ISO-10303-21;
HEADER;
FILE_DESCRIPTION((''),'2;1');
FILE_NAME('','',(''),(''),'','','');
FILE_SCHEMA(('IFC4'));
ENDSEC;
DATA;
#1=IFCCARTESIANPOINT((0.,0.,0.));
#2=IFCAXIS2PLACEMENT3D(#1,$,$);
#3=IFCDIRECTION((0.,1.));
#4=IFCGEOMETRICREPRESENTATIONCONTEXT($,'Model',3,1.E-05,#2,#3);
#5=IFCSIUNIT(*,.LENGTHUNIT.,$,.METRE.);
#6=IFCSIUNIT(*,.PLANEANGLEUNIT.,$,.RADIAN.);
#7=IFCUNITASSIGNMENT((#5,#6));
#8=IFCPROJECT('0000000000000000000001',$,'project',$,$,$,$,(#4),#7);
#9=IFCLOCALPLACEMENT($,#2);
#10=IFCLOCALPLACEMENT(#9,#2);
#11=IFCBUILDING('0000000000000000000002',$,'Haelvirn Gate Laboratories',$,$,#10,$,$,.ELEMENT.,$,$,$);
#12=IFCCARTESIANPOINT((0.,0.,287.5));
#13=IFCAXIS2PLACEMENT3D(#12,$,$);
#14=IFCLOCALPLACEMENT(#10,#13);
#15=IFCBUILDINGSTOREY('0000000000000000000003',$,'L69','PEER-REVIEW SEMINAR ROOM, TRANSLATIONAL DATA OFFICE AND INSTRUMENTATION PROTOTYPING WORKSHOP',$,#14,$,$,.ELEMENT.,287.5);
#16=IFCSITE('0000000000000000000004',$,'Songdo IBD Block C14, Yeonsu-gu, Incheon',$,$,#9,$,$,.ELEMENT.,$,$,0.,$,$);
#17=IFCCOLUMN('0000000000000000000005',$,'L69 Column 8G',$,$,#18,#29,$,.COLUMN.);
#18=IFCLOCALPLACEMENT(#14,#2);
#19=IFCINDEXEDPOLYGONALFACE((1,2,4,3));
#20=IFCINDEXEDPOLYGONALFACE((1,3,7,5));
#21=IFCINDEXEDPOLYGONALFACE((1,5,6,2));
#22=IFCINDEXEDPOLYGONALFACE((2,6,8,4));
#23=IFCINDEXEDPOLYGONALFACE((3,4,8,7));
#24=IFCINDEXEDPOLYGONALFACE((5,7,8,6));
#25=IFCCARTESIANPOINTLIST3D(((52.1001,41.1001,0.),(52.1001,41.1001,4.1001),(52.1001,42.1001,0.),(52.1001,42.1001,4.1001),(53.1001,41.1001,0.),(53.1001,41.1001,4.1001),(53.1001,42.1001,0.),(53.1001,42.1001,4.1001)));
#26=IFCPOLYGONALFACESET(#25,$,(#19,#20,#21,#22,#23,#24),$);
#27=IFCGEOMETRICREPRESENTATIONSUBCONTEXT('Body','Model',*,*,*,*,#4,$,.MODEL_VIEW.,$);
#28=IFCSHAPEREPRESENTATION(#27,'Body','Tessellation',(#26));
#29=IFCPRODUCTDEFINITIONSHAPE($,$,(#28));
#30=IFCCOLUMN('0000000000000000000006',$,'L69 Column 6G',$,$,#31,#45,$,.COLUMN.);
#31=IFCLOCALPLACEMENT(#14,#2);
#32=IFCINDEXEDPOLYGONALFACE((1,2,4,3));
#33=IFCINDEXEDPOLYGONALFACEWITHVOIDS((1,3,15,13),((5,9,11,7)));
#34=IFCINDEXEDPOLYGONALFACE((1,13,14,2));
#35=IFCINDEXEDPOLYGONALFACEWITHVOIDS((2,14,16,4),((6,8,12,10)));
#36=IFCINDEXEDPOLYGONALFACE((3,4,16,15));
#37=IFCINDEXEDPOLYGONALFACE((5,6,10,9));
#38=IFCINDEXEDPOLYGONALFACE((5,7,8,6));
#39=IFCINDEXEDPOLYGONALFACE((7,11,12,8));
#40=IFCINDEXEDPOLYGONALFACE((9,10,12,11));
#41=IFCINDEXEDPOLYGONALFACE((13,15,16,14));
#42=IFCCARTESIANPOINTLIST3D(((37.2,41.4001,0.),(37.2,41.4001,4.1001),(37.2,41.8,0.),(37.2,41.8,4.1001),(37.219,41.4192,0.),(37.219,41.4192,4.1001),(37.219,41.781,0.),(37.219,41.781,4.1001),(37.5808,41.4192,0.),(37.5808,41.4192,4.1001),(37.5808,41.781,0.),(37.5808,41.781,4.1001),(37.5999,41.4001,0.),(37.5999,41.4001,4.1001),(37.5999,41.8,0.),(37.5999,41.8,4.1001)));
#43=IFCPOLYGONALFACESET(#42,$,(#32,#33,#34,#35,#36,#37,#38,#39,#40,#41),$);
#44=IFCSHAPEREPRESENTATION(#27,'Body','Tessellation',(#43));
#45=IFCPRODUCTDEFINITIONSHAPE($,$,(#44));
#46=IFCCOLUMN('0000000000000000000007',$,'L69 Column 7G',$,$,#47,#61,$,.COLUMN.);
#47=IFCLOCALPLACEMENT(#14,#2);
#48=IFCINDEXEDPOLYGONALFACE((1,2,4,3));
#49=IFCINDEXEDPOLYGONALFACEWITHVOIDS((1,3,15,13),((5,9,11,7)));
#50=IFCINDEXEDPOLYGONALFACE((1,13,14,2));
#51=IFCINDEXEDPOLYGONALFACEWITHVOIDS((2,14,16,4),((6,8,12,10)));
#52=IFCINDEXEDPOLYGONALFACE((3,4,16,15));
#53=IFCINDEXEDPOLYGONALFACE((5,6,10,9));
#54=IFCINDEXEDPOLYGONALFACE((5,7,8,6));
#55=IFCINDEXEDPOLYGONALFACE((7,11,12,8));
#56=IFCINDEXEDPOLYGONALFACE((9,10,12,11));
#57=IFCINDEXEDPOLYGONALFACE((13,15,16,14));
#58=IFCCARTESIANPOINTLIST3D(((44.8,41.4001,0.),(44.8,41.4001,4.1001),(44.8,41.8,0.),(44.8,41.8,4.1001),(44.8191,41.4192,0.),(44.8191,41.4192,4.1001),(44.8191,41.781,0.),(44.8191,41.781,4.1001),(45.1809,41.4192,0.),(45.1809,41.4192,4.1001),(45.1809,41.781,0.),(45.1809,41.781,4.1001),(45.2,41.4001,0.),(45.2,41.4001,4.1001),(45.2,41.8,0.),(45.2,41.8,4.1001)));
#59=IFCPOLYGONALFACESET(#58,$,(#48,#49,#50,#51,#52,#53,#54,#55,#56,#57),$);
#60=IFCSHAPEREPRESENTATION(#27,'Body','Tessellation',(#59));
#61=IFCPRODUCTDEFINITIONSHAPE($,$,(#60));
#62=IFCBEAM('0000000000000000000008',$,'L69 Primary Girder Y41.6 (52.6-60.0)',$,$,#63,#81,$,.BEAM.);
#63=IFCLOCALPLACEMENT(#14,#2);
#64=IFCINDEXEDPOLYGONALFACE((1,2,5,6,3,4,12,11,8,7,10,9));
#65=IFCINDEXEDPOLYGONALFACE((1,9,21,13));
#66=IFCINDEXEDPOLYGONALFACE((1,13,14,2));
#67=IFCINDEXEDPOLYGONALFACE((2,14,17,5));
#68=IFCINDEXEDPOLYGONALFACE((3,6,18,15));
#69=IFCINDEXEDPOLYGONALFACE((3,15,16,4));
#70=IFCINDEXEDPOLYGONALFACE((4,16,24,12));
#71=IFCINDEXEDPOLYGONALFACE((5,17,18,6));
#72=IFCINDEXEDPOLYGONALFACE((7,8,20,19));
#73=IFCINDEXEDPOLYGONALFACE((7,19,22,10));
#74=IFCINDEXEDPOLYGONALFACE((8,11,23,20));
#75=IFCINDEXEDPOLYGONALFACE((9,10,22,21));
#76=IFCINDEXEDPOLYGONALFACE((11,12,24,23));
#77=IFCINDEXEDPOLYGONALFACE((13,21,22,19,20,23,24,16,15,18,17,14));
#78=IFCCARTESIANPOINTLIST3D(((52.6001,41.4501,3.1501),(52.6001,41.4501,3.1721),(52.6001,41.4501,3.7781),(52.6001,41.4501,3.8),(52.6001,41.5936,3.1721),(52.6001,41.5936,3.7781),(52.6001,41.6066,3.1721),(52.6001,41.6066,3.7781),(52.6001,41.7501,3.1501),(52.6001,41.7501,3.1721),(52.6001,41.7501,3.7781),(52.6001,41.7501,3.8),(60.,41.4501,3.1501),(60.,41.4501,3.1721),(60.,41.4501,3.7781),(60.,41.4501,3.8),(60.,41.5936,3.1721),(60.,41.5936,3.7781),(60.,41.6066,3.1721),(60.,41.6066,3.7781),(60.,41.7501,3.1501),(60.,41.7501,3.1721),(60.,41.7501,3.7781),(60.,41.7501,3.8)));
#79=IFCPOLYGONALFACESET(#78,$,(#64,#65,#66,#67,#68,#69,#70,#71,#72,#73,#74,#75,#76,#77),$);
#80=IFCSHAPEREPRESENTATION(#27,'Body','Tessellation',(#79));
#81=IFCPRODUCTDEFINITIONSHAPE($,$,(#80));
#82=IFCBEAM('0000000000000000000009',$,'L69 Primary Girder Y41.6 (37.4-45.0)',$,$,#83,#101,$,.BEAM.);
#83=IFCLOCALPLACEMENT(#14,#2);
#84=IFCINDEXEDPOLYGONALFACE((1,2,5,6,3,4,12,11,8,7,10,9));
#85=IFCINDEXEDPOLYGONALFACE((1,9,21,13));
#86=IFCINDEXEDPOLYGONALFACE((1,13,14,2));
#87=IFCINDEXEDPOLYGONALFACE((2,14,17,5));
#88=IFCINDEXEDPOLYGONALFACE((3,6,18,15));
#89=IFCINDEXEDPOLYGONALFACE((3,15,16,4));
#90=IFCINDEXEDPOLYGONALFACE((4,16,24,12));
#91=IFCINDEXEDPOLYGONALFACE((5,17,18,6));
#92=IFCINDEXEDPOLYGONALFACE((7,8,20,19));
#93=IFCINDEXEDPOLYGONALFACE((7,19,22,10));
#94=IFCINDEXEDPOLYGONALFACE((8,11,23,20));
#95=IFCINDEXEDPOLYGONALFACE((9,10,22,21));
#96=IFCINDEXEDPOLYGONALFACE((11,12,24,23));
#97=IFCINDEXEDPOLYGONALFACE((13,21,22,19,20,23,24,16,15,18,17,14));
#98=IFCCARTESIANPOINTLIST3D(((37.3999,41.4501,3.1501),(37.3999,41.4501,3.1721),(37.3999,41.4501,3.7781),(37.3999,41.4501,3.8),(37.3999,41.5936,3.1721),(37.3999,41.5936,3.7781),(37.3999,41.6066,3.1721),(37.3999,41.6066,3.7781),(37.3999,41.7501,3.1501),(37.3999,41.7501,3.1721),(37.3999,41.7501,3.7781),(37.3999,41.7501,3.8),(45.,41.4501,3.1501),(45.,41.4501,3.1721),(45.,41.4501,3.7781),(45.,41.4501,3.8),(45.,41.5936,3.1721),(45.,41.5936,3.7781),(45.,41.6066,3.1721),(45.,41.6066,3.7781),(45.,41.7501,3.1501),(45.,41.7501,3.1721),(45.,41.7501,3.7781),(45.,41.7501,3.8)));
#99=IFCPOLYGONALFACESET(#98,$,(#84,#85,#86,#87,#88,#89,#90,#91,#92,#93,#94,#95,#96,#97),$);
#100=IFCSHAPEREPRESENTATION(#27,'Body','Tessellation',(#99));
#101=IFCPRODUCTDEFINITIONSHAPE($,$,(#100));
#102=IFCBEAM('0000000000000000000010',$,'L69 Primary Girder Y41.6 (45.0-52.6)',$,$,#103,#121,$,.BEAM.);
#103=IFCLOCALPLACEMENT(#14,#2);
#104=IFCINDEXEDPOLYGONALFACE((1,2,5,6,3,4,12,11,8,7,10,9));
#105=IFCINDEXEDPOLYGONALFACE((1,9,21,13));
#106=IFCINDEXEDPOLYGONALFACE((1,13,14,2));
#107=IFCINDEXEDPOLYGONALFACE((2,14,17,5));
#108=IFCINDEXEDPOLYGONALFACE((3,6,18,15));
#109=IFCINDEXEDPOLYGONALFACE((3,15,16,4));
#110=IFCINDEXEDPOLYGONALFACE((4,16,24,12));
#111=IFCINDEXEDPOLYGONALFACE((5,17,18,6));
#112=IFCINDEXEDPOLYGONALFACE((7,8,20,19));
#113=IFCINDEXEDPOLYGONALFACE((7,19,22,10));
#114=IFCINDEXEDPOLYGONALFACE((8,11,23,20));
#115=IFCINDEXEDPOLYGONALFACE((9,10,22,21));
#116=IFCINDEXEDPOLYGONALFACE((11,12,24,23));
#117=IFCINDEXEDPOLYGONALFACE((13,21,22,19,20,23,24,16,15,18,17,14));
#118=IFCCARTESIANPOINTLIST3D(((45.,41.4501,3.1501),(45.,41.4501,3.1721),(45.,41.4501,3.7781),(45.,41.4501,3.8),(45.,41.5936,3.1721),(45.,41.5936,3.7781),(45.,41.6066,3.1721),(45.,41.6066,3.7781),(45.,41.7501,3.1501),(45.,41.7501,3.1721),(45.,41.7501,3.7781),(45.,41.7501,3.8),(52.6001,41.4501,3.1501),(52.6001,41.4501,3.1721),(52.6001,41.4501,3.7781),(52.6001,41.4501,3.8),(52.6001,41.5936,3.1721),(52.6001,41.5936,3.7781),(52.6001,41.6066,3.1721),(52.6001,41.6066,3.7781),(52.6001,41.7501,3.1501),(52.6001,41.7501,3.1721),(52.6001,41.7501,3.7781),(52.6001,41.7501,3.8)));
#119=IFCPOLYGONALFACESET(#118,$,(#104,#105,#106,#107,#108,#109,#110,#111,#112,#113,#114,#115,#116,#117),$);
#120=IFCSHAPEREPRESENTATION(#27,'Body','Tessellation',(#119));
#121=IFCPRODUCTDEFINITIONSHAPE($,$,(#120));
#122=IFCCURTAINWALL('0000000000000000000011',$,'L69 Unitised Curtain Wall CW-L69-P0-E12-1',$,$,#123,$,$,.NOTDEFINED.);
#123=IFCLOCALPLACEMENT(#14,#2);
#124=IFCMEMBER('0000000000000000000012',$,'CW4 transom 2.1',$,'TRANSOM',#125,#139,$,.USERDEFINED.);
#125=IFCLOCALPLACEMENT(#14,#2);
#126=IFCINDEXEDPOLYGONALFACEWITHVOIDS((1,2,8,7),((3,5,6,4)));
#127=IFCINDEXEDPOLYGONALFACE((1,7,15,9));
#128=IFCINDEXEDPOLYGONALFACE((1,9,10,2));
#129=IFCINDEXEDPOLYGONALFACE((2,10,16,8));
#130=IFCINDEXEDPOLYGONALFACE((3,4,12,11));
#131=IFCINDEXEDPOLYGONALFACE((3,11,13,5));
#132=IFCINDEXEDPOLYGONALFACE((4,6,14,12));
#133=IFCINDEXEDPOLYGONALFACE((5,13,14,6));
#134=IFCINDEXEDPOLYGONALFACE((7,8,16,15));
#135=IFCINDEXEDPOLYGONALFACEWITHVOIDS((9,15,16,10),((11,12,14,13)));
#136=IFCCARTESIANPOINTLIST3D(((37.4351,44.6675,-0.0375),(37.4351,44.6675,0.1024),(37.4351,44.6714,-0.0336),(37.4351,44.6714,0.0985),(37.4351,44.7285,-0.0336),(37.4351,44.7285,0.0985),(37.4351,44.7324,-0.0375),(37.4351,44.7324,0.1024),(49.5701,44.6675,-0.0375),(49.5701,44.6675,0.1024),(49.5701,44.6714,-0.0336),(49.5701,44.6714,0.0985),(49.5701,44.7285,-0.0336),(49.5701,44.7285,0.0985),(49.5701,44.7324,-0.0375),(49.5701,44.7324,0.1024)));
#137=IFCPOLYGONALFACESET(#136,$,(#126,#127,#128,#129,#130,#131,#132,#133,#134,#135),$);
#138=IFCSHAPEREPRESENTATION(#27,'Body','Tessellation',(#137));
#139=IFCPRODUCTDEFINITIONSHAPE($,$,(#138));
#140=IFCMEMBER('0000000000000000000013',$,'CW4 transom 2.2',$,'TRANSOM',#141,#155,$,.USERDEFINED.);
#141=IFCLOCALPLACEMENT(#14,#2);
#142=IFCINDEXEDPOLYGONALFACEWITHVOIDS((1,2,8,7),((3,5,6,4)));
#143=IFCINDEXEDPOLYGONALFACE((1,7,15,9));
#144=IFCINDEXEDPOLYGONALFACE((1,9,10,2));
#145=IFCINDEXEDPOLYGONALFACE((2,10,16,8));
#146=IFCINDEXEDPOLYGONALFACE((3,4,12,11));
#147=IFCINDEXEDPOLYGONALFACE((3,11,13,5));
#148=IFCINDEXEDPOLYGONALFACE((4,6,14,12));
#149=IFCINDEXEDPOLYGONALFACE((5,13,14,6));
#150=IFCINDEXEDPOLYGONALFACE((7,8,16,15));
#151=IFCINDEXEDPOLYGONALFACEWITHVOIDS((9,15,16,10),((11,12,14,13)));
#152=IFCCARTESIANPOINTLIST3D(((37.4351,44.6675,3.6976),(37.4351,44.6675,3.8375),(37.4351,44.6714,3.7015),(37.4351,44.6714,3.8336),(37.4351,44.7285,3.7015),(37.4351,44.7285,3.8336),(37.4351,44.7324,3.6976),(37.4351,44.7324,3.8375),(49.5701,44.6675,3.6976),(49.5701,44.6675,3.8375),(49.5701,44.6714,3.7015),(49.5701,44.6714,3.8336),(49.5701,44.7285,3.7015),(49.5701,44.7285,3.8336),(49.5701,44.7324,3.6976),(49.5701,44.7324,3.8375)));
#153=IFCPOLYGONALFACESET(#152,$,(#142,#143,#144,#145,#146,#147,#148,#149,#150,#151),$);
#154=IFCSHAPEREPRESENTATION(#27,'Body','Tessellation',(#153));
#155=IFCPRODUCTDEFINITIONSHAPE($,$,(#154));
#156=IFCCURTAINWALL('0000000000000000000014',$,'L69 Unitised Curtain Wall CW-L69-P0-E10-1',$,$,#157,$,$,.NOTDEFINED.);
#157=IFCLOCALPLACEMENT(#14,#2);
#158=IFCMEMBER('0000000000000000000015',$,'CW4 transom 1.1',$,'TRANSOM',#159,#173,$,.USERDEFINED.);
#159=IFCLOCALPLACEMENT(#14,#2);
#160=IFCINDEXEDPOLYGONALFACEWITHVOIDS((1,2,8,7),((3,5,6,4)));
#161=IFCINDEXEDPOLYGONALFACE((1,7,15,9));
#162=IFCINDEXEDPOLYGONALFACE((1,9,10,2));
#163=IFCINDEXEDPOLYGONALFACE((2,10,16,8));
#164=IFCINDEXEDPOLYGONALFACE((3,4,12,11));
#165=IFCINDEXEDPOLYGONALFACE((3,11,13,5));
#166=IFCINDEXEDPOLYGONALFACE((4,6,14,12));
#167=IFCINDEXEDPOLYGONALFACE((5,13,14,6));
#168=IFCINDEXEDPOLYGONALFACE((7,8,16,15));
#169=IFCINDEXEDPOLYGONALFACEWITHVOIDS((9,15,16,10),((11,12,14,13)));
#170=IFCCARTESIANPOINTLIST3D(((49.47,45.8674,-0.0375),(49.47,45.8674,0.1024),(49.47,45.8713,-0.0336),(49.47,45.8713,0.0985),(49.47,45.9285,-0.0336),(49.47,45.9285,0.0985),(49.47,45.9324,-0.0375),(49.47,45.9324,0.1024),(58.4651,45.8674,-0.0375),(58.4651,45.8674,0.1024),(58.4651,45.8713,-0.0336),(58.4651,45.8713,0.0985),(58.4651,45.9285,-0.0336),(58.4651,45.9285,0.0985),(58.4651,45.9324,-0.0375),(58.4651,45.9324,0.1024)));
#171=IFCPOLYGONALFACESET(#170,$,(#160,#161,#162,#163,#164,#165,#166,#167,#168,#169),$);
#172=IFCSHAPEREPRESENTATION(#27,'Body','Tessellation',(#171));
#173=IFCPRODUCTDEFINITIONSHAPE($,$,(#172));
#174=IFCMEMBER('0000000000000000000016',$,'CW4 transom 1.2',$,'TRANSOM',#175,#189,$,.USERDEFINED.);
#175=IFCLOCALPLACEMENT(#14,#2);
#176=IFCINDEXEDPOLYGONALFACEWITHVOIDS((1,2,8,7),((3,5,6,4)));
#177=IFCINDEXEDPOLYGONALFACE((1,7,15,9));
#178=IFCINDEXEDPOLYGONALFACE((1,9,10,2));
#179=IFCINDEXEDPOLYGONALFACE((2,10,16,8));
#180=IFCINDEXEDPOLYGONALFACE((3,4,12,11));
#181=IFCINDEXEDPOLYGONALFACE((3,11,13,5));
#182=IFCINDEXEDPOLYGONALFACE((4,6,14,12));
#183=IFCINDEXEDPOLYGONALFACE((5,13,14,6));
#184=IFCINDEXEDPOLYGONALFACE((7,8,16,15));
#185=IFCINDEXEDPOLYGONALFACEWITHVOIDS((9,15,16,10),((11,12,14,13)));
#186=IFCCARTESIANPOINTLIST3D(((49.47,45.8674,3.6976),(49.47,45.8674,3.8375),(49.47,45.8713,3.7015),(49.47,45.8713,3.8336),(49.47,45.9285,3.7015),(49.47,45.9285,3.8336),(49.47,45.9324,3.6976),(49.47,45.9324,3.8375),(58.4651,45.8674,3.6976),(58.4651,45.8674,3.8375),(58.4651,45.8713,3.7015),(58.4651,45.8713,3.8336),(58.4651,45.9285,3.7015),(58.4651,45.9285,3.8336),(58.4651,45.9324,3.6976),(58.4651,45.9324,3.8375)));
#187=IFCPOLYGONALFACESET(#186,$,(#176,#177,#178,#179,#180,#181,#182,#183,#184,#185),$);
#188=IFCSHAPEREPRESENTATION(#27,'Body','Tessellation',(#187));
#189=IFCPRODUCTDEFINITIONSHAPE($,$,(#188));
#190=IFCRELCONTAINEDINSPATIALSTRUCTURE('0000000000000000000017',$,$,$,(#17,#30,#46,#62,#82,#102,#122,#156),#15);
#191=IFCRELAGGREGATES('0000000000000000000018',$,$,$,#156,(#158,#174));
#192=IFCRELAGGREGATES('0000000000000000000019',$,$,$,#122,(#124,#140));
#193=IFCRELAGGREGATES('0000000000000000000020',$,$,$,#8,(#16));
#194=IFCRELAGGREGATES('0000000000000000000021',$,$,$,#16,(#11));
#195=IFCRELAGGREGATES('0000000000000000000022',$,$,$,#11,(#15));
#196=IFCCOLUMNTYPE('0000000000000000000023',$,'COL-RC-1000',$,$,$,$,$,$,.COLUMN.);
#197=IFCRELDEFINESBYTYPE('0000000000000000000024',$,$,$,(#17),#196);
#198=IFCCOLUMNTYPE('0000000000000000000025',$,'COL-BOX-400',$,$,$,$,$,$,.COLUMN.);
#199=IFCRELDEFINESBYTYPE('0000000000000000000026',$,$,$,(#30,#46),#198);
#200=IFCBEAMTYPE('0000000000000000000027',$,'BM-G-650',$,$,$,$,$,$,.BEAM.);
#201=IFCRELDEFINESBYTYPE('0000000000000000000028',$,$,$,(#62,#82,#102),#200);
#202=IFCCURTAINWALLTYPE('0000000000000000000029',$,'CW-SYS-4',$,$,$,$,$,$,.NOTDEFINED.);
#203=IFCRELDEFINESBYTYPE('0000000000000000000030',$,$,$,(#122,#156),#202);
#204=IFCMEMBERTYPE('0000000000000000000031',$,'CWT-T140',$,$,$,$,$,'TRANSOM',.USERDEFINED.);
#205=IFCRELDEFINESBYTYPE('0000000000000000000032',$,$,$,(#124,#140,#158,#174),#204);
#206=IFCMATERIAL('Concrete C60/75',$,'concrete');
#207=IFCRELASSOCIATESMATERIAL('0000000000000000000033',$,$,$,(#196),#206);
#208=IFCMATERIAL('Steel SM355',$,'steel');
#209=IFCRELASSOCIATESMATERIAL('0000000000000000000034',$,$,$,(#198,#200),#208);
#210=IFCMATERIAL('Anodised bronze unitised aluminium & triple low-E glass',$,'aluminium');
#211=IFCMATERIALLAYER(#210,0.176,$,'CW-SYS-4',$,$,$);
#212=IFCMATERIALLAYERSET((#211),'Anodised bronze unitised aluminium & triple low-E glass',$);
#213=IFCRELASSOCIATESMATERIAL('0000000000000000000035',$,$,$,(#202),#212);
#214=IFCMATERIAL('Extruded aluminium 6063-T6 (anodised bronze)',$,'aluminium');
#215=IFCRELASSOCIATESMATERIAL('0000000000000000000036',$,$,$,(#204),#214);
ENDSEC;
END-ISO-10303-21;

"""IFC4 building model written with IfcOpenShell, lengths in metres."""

from ifc_helpers import new_model, si_unit, direction, frame, origin, origin_2d, place, context, subcontext, project, spatial, rectangle, hollow_rectangle, i_section, extrude, source, transform, mapped, material, layer, layer_set, material_profile, profile_set, type_object, type_shapes, element, aggregate, save


model = new_model("IFC4")

# Units and contexts
model_context = context("Model", 3, precision=1e-05, world=origin(), true_north=direction((0.0, 1.0)))
body_context = subcontext(model_context, "Body", "Model", "MODEL_VIEW")
ifc_project = project(units=[si_unit("LENGTHUNIT", "METRE"), si_unit("PLANEANGLEUNIT", "RADIAN")], contexts=[model_context])

# Site, building, storey
site_placement = place(None, origin())
site = spatial("IfcSite", under=ifc_project, at=site_placement, Name="Songdo IBD Block C14, Yeonsu-gu, Incheon", CompositionType="ELEMENT", RefElevation=0.0)
building_placement = place(site_placement, origin())
building = spatial("IfcBuilding", under=site, at=building_placement, Name="Haelvirn Gate Laboratories", CompositionType="ELEMENT")
storey_placement = place(building_placement, frame((0.0, 0.0, 287.5)))
storey = spatial("IfcBuildingStorey", under=building, at=storey_placement, Name="L69", Description="PEER-REVIEW SEMINAR ROOM, TRANSLATIONAL DATA OFFICE AND INSTRUMENTATION PROTOTYPING WORKSHOP", CompositionType="ELEMENT", Elevation=287.5)

# Columns
ifc_material_1 = material(Name="Concrete C60/75", Category="concrete")
ifc_material_profile_1 = material_profile(ifc_material_1, rectangle(XDim=1.0, YDim=1.0, at=origin_2d()), Name="RC-1000x1000")
ifc_profile_set_1 = profile_set([ifc_material_profile_1], Name="Concrete C60/75")
column_type_1 = type_object("IfcColumnType", Name="COL-RC-1000", PredefinedType="COLUMN", material=ifc_profile_set_1)
shared_shape_1 = source(origin(), body_context, "Body", "SweptSolid", [
    extrude(rectangle(XDim=1.0, YDim=1.0, at=origin_2d()), origin(), (0.0, 0.0, 1.0), 4.1001),
])
type_shapes(column_type_1, [shared_shape_1])
column_placement = place(storey_placement, frame((52.6001, 41.6001, 0.0), z_axis=(0.0, 0.0, 1.0), x_axis=(1.0, 0.0, 0.0)))
element("IfcColumn", 1, at=column_placement, inside=storey, type_object=column_type_1, Name="L69 Column 8G", PredefinedType="COLUMN", context=body_context, shape_type="MappedRepresentation", body=[
    mapped(shared_shape_1, transform((0.0, 0.0, 0.0), scale=1.0)),
])
ifc_material_2 = material(Name="Steel SM355", Category="steel")
ifc_material_profile_2 = material_profile(ifc_material_2, hollow_rectangle(XDim=0.3999, YDim=0.3999, WallThickness=0.019, at=origin_2d()), Name="BOX-400x400x19")
ifc_profile_set_2 = profile_set([ifc_material_profile_2], Name="Steel SM355")
column_type_2 = type_object("IfcColumnType", Name="COL-BOX-400", PredefinedType="COLUMN", material=ifc_profile_set_2)
shared_shape_2 = source(origin(), body_context, "Body", "SweptSolid", [
    extrude(hollow_rectangle(XDim=0.3999, YDim=0.3999, WallThickness=0.019, at=origin_2d()), origin(), (0.0, 0.0, 1.0), 4.1001),
])
type_shapes(column_type_2, [shared_shape_2])
for number, where, z_axis, x_axis, name in (
    (2, (37.3999, 41.6001, 0.0), (0.0, 0.0, 1.0), (1.0, 0.0, 0.0), "L69 Column 6G"),
    (3, (45.0, 41.6001, 0.0), (0.0, 0.0, 1.0), (1.0, 0.0, 0.0), "L69 Column 7G"),
):
    element("IfcColumn", number, at=place(storey_placement, frame(where, z_axis=z_axis, x_axis=x_axis)), inside=storey, type_object=column_type_2, Name=name, PredefinedType="COLUMN", context=body_context, shape_type="MappedRepresentation", body=[
        mapped(shared_shape_2, transform((0.0, 0.0, 0.0), scale=1.0)),
    ])

# Beams
ifc_material_profile_3 = material_profile(ifc_material_2, i_section(OverallWidth=0.3, OverallDepth=0.6499, WebThickness=0.0129, FlangeThickness=0.022, at=origin_2d()), Name="H-650x300x13x22")
ifc_profile_set_3 = profile_set([ifc_material_profile_3], Name="Steel SM355")
beam_type = type_object("IfcBeamType", Name="BM-G-650", PredefinedType="BEAM", material=ifc_profile_set_3)
shared_shape_3 = source(origin(), body_context, "Body", "SweptSolid", [
    extrude(i_section(OverallWidth=0.3, OverallDepth=0.6499, WebThickness=0.0129, FlangeThickness=0.022, at=origin_2d()), origin(), (0.0, 0.0, 1.0), 7.3999),
])
beam_placement = place(storey_placement, frame((52.6001, 41.6001, 3.4751), z_axis=(1.0, 0.0, 0.0), x_axis=(0.0, 1.0, 0.0)))
element("IfcBeam", 4, at=beam_placement, inside=storey, type_object=beam_type, Name="L69 Primary Girder Y41.6 (52.6-60.0)", PredefinedType="BEAM", context=body_context, shape_type="MappedRepresentation", body=[
    mapped(shared_shape_3, transform((0.0, 0.0, 0.0), scale=1.0)),
])
shared_shape_4 = source(origin(), body_context, "Body", "SweptSolid", [
    extrude(i_section(OverallWidth=0.3, OverallDepth=0.6499, WebThickness=0.0129, FlangeThickness=0.022, at=origin_2d()), origin(), (0.0, 0.0, 1.0), 7.6001),
])
type_shapes(beam_type, [shared_shape_3, shared_shape_4])
for number, where, z_axis, x_axis, name in (
    (5, (37.3999, 41.6001, 3.4751), (1.0, 0.0, 0.0), (0.0, 1.0, 0.0), "L69 Primary Girder Y41.6 (37.4-45.0)"),
    (6, (45.0, 41.6001, 3.4751), (1.0, 0.0, 0.0), (0.0, 1.0, 0.0), "L69 Primary Girder Y41.6 (45.0-52.6)"),
):
    element("IfcBeam", number, at=place(storey_placement, frame(where, z_axis=z_axis, x_axis=x_axis)), inside=storey, type_object=beam_type, Name=name, PredefinedType="BEAM", context=body_context, shape_type="MappedRepresentation", body=[
        mapped(shared_shape_4, transform((0.0, 0.0, 0.0), scale=1.0)),
    ])

# Curtain walls, members
ifc_material_3 = material(Name="Anodised bronze unitised aluminium & triple low-E glass", Category="aluminium")
ifc_layer_1 = layer(ifc_material_3, 0.176, Name="CW-SYS-4")
ifc_layer_set_1 = layer_set([ifc_layer_1], Name="Anodised bronze unitised aluminium & triple low-E glass")
curtain_wall_type = type_object("IfcCurtainWallType", Name="CW-SYS-4", PredefinedType="NOTDEFINED", material=ifc_layer_set_1)
curtain_wall_1_placement = place(storey_placement, origin())
curtain_wall_1 = element("IfcCurtainWall", 7, at=curtain_wall_1_placement, inside=storey, type_object=curtain_wall_type, Name="L69 Unitised Curtain Wall CW-L69-P0-E12-1", PredefinedType="NOTDEFINED")
ifc_material_4 = material(Name="Extruded aluminium 6063-T6 (anodised bronze)", Category="aluminium")
ifc_material_profile_4 = material_profile(ifc_material_4, hollow_rectangle(XDim=0.0649, YDim=0.1399, WallThickness=0.0039, at=origin_2d()), Name="CWT-140x65x4")
ifc_profile_set_4 = profile_set([ifc_material_profile_4], Name="Extruded aluminium 6063-T6 (anodised bronze)")
member_type_1 = type_object("IfcMemberType", Name="CWT-T140", ElementType="TRANSOM", PredefinedType="USERDEFINED", material=ifc_profile_set_4)
shared_shape_5 = source(origin(), body_context, "Body", "SweptSolid", [
    extrude(hollow_rectangle(XDim=0.0649, YDim=0.1399, WallThickness=0.0039, at=origin_2d()), origin(), (0.0, 0.0, 1.0), 12.135),
])
member_1_placement = place(storey_placement, frame((37.4351, 44.7, 0.0325), z_axis=(1.0, 0.0, 0.0), x_axis=(0.0, 1.0, 0.0)))
member_1 = element("IfcMember", 8, at=member_1_placement, type_object=member_type_1, Name="CW4 transom 2.1", ObjectType="TRANSOM", PredefinedType="USERDEFINED", context=body_context, shape_type="MappedRepresentation", body=[
    mapped(shared_shape_5, transform((0.0, 0.0, 0.0), scale=1.0)),
])
member_2_placement = place(storey_placement, frame((37.4351, 44.7, 3.7676), z_axis=(1.0, 0.0, 0.0), x_axis=(0.0, 1.0, 0.0)))
member_2 = element("IfcMember", 9, at=member_2_placement, type_object=member_type_1, Name="CW4 transom 2.2", ObjectType="TRANSOM", PredefinedType="USERDEFINED", context=body_context, shape_type="MappedRepresentation", body=[
    mapped(shared_shape_5, transform((0.0, 0.0, 0.0), scale=1.0)),
])
curtain_wall_2_placement = place(storey_placement, origin())
curtain_wall_2 = element("IfcCurtainWall", 10, at=curtain_wall_2_placement, inside=storey, type_object=curtain_wall_type, Name="L69 Unitised Curtain Wall CW-L69-P0-E10-1", PredefinedType="NOTDEFINED")
shared_shape_6 = source(origin(), body_context, "Body", "SweptSolid", [
    extrude(hollow_rectangle(XDim=0.0649, YDim=0.1399, WallThickness=0.0039, at=origin_2d()), origin(), (0.0, 0.0, 1.0), 8.9951),
])
type_shapes(member_type_1, [shared_shape_5, shared_shape_6])
member_3_placement = place(storey_placement, frame((49.47, 45.8999, 0.0325), z_axis=(1.0, 0.0, 0.0), x_axis=(0.0, 1.0, 0.0)))
member_3 = element("IfcMember", 11, at=member_3_placement, type_object=member_type_1, Name="CW4 transom 1.1", ObjectType="TRANSOM", PredefinedType="USERDEFINED", context=body_context, shape_type="MappedRepresentation", body=[
    mapped(shared_shape_6, transform((0.0, 0.0, 0.0), scale=1.0)),
])
member_4_placement = place(storey_placement, frame((49.47, 45.8999, 3.7676), z_axis=(1.0, 0.0, 0.0), x_axis=(0.0, 1.0, 0.0)))
member_4 = element("IfcMember", 12, at=member_4_placement, type_object=member_type_1, Name="CW4 transom 1.2", ObjectType="TRANSOM", PredefinedType="USERDEFINED", context=body_context, shape_type="MappedRepresentation", body=[
    mapped(shared_shape_6, transform((0.0, 0.0, 0.0), scale=1.0)),
])

aggregate(curtain_wall_2, [member_3, member_4])
aggregate(curtain_wall_1, [member_1, member_2])

save(model, "model.ifc")
